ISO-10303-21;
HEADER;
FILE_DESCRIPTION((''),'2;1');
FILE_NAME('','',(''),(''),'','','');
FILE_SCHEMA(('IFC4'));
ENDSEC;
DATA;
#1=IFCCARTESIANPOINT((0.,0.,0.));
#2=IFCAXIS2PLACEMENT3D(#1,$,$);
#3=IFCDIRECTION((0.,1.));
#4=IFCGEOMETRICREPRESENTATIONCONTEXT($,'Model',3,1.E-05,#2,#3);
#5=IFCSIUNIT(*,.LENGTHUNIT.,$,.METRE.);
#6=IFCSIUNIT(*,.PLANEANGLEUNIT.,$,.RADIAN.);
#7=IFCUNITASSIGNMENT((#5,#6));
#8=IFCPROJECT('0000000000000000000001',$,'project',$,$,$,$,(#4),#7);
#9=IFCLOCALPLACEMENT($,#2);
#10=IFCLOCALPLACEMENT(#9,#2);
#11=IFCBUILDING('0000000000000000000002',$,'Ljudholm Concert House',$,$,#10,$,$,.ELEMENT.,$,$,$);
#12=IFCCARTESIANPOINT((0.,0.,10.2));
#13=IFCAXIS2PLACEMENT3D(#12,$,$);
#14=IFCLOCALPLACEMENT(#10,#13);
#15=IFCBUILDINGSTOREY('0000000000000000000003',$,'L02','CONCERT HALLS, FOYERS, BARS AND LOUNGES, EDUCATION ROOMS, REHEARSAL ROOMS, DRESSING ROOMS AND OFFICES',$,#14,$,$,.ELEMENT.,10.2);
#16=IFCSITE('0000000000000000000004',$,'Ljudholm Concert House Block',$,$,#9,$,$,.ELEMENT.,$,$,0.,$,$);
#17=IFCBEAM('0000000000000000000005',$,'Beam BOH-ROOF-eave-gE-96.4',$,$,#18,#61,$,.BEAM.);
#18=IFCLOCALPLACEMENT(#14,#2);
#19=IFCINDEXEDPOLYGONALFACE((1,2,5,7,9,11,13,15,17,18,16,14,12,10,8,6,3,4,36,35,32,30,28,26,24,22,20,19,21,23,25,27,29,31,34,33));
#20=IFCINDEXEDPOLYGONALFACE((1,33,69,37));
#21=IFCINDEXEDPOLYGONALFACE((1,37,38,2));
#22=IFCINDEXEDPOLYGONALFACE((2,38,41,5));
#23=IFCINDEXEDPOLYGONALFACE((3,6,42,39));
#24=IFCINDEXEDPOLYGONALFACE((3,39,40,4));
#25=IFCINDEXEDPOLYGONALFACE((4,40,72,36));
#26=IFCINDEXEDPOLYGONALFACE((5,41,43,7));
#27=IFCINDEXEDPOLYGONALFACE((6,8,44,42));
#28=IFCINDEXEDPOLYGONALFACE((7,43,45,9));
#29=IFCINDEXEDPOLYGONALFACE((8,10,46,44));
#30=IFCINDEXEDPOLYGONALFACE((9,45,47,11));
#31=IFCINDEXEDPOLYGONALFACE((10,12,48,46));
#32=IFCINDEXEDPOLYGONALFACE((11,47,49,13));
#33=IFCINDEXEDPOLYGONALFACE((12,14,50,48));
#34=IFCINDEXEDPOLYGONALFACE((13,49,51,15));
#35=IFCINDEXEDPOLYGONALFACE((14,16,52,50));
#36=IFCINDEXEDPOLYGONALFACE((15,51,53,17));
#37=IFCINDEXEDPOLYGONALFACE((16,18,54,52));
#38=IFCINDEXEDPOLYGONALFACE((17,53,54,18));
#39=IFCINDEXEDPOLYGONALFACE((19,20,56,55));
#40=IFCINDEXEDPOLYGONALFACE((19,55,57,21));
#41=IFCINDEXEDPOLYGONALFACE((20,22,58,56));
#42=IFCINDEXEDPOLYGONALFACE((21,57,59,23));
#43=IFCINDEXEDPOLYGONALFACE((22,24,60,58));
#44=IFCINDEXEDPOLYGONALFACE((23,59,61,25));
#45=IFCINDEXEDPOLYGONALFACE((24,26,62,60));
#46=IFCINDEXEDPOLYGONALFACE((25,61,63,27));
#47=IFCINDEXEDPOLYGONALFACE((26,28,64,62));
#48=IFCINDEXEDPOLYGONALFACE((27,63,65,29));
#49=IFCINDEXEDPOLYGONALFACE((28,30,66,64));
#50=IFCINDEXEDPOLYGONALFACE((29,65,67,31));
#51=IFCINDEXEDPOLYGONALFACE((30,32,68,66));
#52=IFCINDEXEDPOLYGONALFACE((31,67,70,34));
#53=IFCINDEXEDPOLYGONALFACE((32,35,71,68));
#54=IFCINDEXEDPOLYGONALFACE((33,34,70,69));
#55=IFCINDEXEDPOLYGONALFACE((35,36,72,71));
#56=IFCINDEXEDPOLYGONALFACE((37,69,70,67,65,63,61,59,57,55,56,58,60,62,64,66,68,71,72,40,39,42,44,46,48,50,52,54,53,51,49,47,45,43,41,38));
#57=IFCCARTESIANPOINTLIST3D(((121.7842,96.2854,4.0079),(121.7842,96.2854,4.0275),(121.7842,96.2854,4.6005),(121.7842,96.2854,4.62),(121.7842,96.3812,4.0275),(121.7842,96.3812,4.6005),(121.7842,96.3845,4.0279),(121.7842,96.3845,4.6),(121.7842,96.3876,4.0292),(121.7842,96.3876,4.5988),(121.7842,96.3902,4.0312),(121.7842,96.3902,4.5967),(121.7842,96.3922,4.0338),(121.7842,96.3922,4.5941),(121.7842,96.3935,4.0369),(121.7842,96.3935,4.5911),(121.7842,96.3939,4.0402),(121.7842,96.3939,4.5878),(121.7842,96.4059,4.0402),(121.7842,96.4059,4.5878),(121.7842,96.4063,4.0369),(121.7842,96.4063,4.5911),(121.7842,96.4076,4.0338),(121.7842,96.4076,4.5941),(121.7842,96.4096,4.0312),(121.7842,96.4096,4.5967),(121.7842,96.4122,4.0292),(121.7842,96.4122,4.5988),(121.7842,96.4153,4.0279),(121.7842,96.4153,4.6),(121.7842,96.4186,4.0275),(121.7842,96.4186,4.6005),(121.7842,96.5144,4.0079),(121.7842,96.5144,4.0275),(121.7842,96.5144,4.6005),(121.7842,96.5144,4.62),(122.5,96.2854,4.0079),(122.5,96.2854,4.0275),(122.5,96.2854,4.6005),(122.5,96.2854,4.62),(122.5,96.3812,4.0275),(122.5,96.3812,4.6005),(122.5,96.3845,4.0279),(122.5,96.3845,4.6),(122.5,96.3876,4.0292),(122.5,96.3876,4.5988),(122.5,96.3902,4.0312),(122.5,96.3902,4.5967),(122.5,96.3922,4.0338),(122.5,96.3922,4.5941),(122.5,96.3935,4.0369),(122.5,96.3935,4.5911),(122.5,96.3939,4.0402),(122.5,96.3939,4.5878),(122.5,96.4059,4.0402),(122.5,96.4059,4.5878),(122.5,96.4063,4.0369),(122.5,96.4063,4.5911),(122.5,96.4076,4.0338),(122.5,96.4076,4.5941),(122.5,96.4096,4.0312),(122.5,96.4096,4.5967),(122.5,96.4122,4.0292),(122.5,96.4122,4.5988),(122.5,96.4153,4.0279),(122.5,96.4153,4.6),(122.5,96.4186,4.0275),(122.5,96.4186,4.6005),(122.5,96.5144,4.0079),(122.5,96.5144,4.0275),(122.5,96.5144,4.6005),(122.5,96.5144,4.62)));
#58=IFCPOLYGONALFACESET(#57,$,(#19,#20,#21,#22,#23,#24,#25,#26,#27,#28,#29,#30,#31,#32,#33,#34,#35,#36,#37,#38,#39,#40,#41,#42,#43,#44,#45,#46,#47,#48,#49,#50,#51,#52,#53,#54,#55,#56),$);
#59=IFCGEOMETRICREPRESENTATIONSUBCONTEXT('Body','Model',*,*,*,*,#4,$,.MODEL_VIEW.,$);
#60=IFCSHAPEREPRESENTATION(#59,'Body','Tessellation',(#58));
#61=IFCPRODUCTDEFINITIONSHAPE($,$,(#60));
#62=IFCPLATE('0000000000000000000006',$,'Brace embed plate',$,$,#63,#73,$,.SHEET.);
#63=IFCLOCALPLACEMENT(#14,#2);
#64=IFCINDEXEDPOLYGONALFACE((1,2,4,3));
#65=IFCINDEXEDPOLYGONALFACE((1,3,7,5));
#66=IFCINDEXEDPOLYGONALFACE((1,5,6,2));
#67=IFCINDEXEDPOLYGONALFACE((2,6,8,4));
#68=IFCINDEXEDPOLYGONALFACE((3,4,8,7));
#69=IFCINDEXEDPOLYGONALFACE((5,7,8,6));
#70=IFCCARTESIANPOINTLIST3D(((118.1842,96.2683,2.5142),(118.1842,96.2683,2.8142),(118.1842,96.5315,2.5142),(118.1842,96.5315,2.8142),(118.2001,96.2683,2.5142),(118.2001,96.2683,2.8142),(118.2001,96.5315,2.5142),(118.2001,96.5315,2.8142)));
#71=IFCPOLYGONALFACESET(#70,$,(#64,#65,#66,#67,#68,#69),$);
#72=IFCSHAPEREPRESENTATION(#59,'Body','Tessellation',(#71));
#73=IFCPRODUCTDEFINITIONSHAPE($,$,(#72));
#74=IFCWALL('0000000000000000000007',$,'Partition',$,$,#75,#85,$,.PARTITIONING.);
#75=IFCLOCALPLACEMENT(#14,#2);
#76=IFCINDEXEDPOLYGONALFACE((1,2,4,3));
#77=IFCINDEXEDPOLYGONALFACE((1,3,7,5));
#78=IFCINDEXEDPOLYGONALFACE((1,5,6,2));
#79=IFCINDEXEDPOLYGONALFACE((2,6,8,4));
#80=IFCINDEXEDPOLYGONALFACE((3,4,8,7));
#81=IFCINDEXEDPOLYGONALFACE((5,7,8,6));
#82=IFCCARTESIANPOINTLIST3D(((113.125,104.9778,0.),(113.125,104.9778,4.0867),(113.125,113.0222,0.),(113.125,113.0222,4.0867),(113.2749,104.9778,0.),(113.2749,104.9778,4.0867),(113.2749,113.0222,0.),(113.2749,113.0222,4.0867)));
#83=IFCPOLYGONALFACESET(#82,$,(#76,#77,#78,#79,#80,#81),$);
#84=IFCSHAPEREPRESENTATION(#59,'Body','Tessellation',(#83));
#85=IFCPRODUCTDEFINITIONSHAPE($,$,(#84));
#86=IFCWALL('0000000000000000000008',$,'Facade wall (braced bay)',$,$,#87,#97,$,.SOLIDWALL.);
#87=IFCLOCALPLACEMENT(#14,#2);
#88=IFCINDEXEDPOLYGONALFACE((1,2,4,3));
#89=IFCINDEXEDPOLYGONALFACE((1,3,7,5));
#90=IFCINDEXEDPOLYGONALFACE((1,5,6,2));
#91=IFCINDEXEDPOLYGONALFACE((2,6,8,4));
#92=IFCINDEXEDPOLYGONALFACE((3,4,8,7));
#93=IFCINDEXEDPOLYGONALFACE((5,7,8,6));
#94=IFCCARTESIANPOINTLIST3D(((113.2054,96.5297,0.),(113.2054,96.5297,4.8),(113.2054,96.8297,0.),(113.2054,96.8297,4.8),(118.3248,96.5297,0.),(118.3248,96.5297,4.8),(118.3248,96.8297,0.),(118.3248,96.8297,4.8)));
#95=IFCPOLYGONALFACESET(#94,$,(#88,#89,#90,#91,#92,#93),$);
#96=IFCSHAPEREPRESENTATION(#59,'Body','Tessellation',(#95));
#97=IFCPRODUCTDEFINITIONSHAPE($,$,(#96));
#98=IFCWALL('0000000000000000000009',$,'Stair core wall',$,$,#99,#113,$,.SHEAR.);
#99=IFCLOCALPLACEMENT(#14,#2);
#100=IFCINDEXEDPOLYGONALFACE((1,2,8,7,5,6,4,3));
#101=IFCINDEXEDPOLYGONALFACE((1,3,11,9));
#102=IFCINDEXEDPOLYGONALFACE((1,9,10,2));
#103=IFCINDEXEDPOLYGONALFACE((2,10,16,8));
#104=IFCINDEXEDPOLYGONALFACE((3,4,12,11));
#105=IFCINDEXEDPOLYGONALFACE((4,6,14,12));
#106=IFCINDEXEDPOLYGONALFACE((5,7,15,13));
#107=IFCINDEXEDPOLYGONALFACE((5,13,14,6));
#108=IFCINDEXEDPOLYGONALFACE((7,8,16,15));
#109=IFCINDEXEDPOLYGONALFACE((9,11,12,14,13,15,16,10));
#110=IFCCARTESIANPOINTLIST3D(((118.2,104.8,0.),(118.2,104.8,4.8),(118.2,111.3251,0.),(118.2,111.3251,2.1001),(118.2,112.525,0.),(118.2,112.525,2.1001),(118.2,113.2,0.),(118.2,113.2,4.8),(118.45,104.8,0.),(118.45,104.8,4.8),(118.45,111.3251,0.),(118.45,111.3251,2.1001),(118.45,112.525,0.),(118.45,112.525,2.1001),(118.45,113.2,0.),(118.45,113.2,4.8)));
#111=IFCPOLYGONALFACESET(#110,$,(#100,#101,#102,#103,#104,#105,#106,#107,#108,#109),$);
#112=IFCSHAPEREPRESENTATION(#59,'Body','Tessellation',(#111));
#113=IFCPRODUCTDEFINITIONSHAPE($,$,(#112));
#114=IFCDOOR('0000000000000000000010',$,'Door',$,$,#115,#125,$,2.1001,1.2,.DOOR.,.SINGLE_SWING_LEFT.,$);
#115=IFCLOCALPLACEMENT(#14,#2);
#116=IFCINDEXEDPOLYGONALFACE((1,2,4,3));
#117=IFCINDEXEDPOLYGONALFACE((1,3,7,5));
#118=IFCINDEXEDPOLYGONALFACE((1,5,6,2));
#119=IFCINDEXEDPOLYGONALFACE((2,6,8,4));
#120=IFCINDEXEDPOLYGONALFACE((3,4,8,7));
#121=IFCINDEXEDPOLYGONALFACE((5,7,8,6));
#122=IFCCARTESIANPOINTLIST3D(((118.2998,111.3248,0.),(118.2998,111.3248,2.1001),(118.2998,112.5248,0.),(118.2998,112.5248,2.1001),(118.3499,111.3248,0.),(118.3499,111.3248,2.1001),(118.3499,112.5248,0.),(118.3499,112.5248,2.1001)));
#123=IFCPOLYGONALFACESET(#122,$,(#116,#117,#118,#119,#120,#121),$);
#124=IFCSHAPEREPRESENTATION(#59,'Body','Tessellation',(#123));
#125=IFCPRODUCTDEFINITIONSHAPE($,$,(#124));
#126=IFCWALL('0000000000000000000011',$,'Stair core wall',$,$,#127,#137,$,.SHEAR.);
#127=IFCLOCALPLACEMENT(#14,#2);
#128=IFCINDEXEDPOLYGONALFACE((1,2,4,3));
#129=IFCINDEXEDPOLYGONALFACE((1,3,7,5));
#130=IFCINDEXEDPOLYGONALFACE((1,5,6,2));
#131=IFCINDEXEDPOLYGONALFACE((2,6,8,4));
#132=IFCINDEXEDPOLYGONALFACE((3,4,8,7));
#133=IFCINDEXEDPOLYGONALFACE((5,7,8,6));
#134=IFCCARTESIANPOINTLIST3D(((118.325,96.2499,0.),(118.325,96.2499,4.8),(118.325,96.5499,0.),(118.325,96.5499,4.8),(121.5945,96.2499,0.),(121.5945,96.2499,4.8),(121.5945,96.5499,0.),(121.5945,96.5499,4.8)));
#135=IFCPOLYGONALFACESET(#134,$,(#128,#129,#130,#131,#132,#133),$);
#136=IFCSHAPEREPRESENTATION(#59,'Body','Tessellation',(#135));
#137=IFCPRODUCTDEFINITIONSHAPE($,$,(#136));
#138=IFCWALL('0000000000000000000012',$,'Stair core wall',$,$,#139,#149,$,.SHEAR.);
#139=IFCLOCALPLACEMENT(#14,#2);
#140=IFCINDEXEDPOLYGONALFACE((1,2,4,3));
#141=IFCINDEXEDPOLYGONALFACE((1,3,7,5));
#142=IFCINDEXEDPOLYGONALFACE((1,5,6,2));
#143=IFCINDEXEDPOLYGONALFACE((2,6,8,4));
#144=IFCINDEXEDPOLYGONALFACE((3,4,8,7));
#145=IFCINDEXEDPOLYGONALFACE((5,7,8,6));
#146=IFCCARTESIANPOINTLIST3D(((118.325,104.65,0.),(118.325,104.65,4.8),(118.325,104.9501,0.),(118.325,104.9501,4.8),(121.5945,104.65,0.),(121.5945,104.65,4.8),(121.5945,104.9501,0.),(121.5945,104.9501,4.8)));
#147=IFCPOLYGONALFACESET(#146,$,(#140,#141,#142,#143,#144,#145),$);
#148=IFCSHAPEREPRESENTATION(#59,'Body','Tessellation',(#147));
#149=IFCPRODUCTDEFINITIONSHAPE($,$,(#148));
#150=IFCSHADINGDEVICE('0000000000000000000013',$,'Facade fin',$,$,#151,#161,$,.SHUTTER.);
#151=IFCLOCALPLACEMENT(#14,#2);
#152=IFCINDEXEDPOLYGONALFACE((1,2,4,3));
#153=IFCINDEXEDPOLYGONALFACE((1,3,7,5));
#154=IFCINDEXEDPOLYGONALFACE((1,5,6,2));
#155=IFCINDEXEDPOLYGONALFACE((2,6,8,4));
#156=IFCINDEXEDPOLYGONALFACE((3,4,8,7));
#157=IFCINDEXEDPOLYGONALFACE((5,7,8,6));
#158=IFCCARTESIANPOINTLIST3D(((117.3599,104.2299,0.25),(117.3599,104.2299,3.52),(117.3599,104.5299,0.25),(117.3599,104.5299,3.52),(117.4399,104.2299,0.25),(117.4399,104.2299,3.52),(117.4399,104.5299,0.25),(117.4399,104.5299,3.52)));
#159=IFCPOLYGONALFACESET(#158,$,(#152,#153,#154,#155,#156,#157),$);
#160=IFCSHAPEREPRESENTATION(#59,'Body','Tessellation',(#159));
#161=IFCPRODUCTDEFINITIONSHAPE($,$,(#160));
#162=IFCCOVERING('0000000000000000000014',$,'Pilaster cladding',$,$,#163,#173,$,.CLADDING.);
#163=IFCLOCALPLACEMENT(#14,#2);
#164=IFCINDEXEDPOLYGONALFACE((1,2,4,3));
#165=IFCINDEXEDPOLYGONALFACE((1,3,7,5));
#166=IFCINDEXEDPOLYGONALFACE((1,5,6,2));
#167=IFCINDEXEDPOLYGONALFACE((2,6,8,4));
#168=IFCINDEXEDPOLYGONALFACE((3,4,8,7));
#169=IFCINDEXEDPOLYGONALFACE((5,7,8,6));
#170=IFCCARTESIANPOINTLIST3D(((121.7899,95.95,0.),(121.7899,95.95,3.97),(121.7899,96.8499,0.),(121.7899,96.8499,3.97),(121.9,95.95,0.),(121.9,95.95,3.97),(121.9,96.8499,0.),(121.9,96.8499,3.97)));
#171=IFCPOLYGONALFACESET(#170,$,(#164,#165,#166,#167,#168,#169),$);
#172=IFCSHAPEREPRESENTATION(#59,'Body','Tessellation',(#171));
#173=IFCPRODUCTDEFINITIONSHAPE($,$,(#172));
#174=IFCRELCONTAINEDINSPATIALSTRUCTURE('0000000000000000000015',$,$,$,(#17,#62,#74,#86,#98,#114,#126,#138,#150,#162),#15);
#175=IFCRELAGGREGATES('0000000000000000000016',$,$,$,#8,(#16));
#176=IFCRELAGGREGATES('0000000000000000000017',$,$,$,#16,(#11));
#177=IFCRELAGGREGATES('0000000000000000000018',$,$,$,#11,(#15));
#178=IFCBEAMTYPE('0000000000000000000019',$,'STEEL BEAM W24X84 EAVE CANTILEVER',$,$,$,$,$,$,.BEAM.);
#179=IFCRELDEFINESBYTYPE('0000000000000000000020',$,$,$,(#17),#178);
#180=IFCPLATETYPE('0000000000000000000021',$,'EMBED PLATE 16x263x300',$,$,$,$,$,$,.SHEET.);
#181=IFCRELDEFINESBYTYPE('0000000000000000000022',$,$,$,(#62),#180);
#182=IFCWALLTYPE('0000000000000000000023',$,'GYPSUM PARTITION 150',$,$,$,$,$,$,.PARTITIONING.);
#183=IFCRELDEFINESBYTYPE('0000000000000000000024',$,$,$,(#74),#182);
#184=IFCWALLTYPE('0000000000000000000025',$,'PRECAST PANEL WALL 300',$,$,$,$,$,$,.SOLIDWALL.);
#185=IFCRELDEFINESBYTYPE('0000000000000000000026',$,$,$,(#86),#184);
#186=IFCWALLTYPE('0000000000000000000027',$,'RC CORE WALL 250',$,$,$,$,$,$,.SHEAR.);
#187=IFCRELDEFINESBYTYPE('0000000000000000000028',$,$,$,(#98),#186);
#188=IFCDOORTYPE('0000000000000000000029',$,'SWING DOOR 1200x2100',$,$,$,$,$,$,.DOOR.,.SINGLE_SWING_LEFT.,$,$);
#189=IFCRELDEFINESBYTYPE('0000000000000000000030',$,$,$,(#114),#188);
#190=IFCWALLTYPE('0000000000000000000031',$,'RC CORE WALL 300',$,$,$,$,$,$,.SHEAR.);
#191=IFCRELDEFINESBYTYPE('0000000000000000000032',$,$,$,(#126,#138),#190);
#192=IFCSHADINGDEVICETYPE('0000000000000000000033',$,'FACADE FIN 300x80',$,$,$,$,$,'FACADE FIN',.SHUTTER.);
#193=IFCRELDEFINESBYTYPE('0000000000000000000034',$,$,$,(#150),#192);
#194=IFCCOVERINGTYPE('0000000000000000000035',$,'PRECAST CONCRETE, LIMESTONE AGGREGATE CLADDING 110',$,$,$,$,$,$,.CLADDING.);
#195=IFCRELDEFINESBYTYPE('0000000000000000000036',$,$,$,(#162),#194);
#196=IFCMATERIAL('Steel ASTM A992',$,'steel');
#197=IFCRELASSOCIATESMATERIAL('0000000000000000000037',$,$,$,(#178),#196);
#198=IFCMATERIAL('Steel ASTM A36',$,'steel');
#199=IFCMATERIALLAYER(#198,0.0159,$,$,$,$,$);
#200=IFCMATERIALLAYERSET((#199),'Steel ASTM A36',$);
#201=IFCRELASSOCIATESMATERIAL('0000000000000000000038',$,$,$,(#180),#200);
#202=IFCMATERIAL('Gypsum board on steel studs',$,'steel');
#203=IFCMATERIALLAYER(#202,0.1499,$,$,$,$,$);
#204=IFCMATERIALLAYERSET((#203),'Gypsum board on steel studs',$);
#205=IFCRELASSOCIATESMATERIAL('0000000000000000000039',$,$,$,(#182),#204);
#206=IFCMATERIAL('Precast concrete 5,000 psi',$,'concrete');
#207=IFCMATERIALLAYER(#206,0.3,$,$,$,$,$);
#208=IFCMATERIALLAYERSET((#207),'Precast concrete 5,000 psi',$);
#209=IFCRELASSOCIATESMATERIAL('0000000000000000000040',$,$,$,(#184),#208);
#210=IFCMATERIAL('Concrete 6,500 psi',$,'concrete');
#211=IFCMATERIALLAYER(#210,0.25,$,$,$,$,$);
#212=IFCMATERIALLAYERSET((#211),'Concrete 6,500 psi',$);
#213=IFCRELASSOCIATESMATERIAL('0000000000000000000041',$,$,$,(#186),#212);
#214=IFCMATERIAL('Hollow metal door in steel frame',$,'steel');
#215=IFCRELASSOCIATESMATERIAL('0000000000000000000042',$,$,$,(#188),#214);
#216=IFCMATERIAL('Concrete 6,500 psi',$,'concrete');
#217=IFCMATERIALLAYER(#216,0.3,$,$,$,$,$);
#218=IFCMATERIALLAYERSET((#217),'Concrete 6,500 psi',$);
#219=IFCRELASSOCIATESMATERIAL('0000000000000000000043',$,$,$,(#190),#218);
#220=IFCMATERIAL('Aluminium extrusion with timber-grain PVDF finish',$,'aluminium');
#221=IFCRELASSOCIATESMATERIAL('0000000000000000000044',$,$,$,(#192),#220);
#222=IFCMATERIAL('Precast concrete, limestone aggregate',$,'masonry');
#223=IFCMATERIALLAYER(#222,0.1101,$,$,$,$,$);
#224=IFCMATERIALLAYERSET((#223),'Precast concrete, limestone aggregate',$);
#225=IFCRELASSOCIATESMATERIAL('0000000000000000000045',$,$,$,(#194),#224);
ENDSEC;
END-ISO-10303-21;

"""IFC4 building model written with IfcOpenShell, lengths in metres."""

from ifc_helpers import new_model, si_unit, direction, frame, frame_2d, origin, origin_2d, place, context, subcontext, project, spatial, rectangle, i_section, extrude, material, layer, layer_set, material_profile, profile_set, type_object, element, fill, save


model = new_model("IFC4")

# Units and contexts
model_context = context("Model", 3, precision=1e-05, world=origin(), true_north=direction((0.0, 1.0)))
body_context = subcontext(model_context, "Body", "Model", "MODEL_VIEW")
ifc_project = project(units=[si_unit("LENGTHUNIT", "METRE"), si_unit("PLANEANGLEUNIT", "RADIAN")], contexts=[model_context])

# Site, building, storey
site_placement = place(None, origin())
site = spatial("IfcSite", under=ifc_project, at=site_placement, Name="Ljudholm Concert House Block", CompositionType="ELEMENT", RefElevation=0.0)
building_placement = place(site_placement, origin())
building = spatial("IfcBuilding", under=site, at=building_placement, Name="Ljudholm Concert House", CompositionType="ELEMENT")
storey_placement = place(building_placement, frame((0.0, 0.0, 10.2)))
storey = spatial("IfcBuildingStorey", under=building, at=storey_placement, Name="L02", Description="CONCERT HALLS, FOYERS, BARS AND LOUNGES, EDUCATION ROOMS, REHEARSAL ROOMS, DRESSING ROOMS AND OFFICES", CompositionType="ELEMENT", Elevation=10.2)

# Beam
ifc_material_1 = material(Name="Steel ASTM A992", Category="steel")
ifc_material_profile_1 = material_profile(ifc_material_1, i_section(OverallWidth=0.229, OverallDepth=0.6121, WebThickness=0.012, FlangeThickness=0.0195, FilletRadius=0.0127, at=origin_2d()), Name="W24X84")
ifc_profile_set_1 = profile_set([ifc_material_profile_1], Name="Steel ASTM A992")
beam_type_1 = type_object("IfcBeamType", Name="STEEL BEAM W24X84 EAVE CANTILEVER", PredefinedType="BEAM", material=ifc_profile_set_1)
beam_1_placement = place(storey_placement, frame((121.7842, 96.3999, 4.314), z_axis=(1.0, 0.0, 0.0), x_axis=(0.0, 1.0, 0.0)))
element("IfcBeam", 1, at=beam_1_placement, inside=storey, type_object=beam_type_1, Name="Beam BOH-ROOF-eave-gE-96.4", PredefinedType="BEAM", context=body_context, shape_type="SweptSolid", body=[
    extrude(i_section(OverallWidth=0.229, OverallDepth=0.6121, WebThickness=0.012, FlangeThickness=0.0195, FilletRadius=0.0127, at=origin_2d()), origin(), (0.0, 0.0, 1.0), 0.7158),
])

# Plate
ifc_material_2 = material(Name="Steel ASTM A36", Category="steel")
ifc_layer_1 = layer(ifc_material_2, 0.0159)
ifc_layer_set_1 = layer_set([ifc_layer_1], Name="Steel ASTM A36")
plate_type = type_object("IfcPlateType", Name="EMBED PLATE 16x263x300", PredefinedType="SHEET", material=ifc_layer_set_1)
plate_placement = place(storey_placement, frame((118.1921, 96.3999, 2.5142), z_axis=(0.0, 0.0, 1.0), x_axis=(1.0, 0.0, 0.0)))
element("IfcPlate", 2, at=plate_placement, inside=storey, type_object=plate_type, Name="Brace embed plate", PredefinedType="SHEET", context=body_context, shape_type="SweptSolid", body=[
    extrude(rectangle(XDim=0.0159, YDim=0.2632, at=origin_2d()), origin(), (0.0, 0.0, 1.0), 0.3),
])

# Walls
ifc_material_3 = material(Name="Gypsum board on steel studs", Category="steel")
ifc_layer_2 = layer(ifc_material_3, 0.1499)
ifc_layer_set_2 = layer_set([ifc_layer_2], Name="Gypsum board on steel studs")
wall_type_1 = type_object("IfcWallType", Name="GYPSUM PARTITION 150", PredefinedType="PARTITIONING", material=ifc_layer_set_2)
wall_1_placement = place(storey_placement, frame((113.2, 104.9778, 0.0), z_axis=(0.0, 0.0, 1.0), x_axis=(0.0, 1.0, 0.0)))
element("IfcWall", 3, at=wall_1_placement, inside=storey, type_object=wall_type_1, Name="Partition", PredefinedType="PARTITIONING", context=body_context, shape_type="SweptSolid", body=[
    extrude(rectangle(XDim=8.0444, YDim=0.1499, at=frame_2d((4.0222, 0.0))), origin(), (0.0, 0.0, 1.0), 4.0867),
])
ifc_material_4 = material(Name="Precast concrete 5,000 psi", Category="concrete")
ifc_layer_3 = layer(ifc_material_4, 0.3)
ifc_layer_set_3 = layer_set([ifc_layer_3], Name="Precast concrete 5,000 psi")
wall_type_2 = type_object("IfcWallType", Name="PRECAST PANEL WALL 300", PredefinedType="SOLIDWALL", material=ifc_layer_set_3)
wall_2_placement = place(storey_placement, frame((113.2056, 96.6797, 0.0), z_axis=(0.0, 0.0, 1.0), x_axis=(1.0, 0.0, 0.0)))
element("IfcWall", 4, at=wall_2_placement, inside=storey, type_object=wall_type_2, Name="Facade wall (braced bay)", PredefinedType="SOLIDWALL", context=body_context, shape_type="SweptSolid", body=[
    extrude(rectangle(XDim=5.1194, YDim=0.3, at=frame_2d((2.5596, 0.0))), origin(), (0.0, 0.0, 1.0), 4.8),
])

# Wall, opening, door
ifc_material_5 = material(Name="Concrete 6,500 psi", Category="concrete")
ifc_layer_4 = layer(ifc_material_5, 0.25)
ifc_layer_set_4 = layer_set([ifc_layer_4], Name="Concrete 6,500 psi")
wall_type_3 = type_object("IfcWallType", Name="RC CORE WALL 250", PredefinedType="SHEAR", material=ifc_layer_set_4)
wall_3_placement = place(storey_placement, frame((118.325, 104.8, 0.0), z_axis=(0.0, 0.0, 1.0), x_axis=(0.0, 1.0, 0.0)))
wall_3 = element("IfcWall", 5, at=wall_3_placement, inside=storey, type_object=wall_type_3, Name="Stair core wall", PredefinedType="SHEAR", context=body_context, shape_type="SweptSolid", body=[
    extrude(rectangle(XDim=8.3999, YDim=0.25, at=frame_2d((4.2, 0.0))), origin(), (0.0, 0.0, 1.0), 4.8),
])
opening_placement = place(wall_3_placement, frame((6.5249, 0.0, 0.0)))
opening = element("IfcOpeningElement", 6, at=opening_placement, cuts=wall_3, PredefinedType="OPENING", context=body_context, shape_type="SweptSolid", body=[
    extrude(rectangle(XDim=1.2, YDim=2.1001, at=frame_2d((0.6001, 1.05))), frame((0.0, 0.135, 0.0), z_axis=(0.0, -1.0, 0.0), x_axis=(1.0, 0.0, 0.0)), (0.0, 0.0, 1.0), 0.27),
])
ifc_material_6 = material(Name="Hollow metal door in steel frame", Category="steel")
door_type = type_object("IfcDoorType", Name="SWING DOOR 1200x2100", OperationType="SINGLE_SWING_LEFT", PredefinedType="DOOR", material=ifc_material_6)
door_placement = place(opening_placement, frame((1.2, 0.0, 0.0), z_axis=(0.0, 0.0, 1.0), x_axis=(-1.0, 0.0, 0.0)))
door = element("IfcDoor", 7, at=door_placement, inside=storey, type_object=door_type, Name="Door", OperationType="SINGLE_SWING_LEFT", OverallHeight=2.1001, OverallWidth=1.2, PredefinedType="DOOR", context=body_context, shape_type="SweptSolid", body=[
    extrude(rectangle(XDim=1.2, YDim=2.1001, at=frame_2d((0.6001, 1.05))), frame((0.0, 0.0249, 0.0), z_axis=(0.0, -1.0, 0.0), x_axis=(1.0, 0.0, 0.0)), (0.0, 0.0, 1.0), 0.05),
])
fill(opening, door)

# Walls
ifc_material_7 = material(Name="Concrete 6,500 psi", Category="concrete")
ifc_layer_5 = layer(ifc_material_7, 0.3)
ifc_layer_set_5 = layer_set([ifc_layer_5], Name="Concrete 6,500 psi")
wall_type_4 = type_object("IfcWallType", Name="RC CORE WALL 300", PredefinedType="SHEAR", material=ifc_layer_set_5)
for number, where, z_axis, x_axis, name in (
    (8, (118.325, 96.3999, 0.0), (0.0, 0.0, 1.0), (1.0, 0.0, 0.0), "Stair core wall"),
    (9, (118.325, 104.8, 0.0), (0.0, 0.0, 1.0), (1.0, 0.0, 0.0), "Stair core wall"),
):
    element("IfcWall", number, at=place(storey_placement, frame(where, z_axis=z_axis, x_axis=x_axis)), inside=storey, type_object=wall_type_4, Name=name, PredefinedType="SHEAR", context=body_context, shape_type="SweptSolid", body=[
        extrude(rectangle(XDim=3.2695, YDim=0.3, at=frame_2d((1.6348, 0.0))), origin(), (0.0, 0.0, 1.0), 4.8),
    ])

# Shading device
ifc_material_8 = material(Name="Aluminium extrusion with timber-grain PVDF finish", Category="aluminium")
shading_device_type = type_object("IfcShadingDeviceType", Name="FACADE FIN 300x80", ElementType="FACADE FIN", PredefinedType="SHUTTER", material=ifc_material_8)
shading_device_placement = place(storey_placement, frame((117.3999, 104.3799, 0.25), z_axis=(0.0, 0.0, 1.0), x_axis=(0.0, -1.0, 0.0)))
element("IfcShadingDevice", 10, at=shading_device_placement, inside=storey, type_object=shading_device_type, Name="Facade fin", PredefinedType="SHUTTER", context=body_context, shape_type="SweptSolid", body=[
    extrude(rectangle(XDim=0.3, YDim=0.0801, at=origin_2d()), origin(), (0.0, 0.0, 1.0), 3.27),
])

# Covering
ifc_material_9 = material(Name="Precast concrete, limestone aggregate", Category="masonry")
ifc_layer_6 = layer(ifc_material_9, 0.1101)
ifc_layer_set_6 = layer_set([ifc_layer_6], Name="Precast concrete, limestone aggregate")
covering_type = type_object("IfcCoveringType", Name="PRECAST CONCRETE, LIMESTONE AGGREGATE CLADDING 110", PredefinedType="CLADDING", material=ifc_layer_set_6)
covering_1_placement = place(storey_placement, frame((121.845, 96.3999, 0.0), z_axis=(0.0, 0.0, 1.0), x_axis=(1.0, 0.0, 0.0)))
element("IfcCovering", 11, at=covering_1_placement, inside=storey, type_object=covering_type, Name="Pilaster cladding", PredefinedType="CLADDING", context=body_context, shape_type="SweptSolid", body=[
    extrude(rectangle(XDim=0.1101, YDim=0.8999, at=origin_2d()), origin(), (0.0, 0.0, 1.0), 3.97),
])

save(model, "model.ifc")
